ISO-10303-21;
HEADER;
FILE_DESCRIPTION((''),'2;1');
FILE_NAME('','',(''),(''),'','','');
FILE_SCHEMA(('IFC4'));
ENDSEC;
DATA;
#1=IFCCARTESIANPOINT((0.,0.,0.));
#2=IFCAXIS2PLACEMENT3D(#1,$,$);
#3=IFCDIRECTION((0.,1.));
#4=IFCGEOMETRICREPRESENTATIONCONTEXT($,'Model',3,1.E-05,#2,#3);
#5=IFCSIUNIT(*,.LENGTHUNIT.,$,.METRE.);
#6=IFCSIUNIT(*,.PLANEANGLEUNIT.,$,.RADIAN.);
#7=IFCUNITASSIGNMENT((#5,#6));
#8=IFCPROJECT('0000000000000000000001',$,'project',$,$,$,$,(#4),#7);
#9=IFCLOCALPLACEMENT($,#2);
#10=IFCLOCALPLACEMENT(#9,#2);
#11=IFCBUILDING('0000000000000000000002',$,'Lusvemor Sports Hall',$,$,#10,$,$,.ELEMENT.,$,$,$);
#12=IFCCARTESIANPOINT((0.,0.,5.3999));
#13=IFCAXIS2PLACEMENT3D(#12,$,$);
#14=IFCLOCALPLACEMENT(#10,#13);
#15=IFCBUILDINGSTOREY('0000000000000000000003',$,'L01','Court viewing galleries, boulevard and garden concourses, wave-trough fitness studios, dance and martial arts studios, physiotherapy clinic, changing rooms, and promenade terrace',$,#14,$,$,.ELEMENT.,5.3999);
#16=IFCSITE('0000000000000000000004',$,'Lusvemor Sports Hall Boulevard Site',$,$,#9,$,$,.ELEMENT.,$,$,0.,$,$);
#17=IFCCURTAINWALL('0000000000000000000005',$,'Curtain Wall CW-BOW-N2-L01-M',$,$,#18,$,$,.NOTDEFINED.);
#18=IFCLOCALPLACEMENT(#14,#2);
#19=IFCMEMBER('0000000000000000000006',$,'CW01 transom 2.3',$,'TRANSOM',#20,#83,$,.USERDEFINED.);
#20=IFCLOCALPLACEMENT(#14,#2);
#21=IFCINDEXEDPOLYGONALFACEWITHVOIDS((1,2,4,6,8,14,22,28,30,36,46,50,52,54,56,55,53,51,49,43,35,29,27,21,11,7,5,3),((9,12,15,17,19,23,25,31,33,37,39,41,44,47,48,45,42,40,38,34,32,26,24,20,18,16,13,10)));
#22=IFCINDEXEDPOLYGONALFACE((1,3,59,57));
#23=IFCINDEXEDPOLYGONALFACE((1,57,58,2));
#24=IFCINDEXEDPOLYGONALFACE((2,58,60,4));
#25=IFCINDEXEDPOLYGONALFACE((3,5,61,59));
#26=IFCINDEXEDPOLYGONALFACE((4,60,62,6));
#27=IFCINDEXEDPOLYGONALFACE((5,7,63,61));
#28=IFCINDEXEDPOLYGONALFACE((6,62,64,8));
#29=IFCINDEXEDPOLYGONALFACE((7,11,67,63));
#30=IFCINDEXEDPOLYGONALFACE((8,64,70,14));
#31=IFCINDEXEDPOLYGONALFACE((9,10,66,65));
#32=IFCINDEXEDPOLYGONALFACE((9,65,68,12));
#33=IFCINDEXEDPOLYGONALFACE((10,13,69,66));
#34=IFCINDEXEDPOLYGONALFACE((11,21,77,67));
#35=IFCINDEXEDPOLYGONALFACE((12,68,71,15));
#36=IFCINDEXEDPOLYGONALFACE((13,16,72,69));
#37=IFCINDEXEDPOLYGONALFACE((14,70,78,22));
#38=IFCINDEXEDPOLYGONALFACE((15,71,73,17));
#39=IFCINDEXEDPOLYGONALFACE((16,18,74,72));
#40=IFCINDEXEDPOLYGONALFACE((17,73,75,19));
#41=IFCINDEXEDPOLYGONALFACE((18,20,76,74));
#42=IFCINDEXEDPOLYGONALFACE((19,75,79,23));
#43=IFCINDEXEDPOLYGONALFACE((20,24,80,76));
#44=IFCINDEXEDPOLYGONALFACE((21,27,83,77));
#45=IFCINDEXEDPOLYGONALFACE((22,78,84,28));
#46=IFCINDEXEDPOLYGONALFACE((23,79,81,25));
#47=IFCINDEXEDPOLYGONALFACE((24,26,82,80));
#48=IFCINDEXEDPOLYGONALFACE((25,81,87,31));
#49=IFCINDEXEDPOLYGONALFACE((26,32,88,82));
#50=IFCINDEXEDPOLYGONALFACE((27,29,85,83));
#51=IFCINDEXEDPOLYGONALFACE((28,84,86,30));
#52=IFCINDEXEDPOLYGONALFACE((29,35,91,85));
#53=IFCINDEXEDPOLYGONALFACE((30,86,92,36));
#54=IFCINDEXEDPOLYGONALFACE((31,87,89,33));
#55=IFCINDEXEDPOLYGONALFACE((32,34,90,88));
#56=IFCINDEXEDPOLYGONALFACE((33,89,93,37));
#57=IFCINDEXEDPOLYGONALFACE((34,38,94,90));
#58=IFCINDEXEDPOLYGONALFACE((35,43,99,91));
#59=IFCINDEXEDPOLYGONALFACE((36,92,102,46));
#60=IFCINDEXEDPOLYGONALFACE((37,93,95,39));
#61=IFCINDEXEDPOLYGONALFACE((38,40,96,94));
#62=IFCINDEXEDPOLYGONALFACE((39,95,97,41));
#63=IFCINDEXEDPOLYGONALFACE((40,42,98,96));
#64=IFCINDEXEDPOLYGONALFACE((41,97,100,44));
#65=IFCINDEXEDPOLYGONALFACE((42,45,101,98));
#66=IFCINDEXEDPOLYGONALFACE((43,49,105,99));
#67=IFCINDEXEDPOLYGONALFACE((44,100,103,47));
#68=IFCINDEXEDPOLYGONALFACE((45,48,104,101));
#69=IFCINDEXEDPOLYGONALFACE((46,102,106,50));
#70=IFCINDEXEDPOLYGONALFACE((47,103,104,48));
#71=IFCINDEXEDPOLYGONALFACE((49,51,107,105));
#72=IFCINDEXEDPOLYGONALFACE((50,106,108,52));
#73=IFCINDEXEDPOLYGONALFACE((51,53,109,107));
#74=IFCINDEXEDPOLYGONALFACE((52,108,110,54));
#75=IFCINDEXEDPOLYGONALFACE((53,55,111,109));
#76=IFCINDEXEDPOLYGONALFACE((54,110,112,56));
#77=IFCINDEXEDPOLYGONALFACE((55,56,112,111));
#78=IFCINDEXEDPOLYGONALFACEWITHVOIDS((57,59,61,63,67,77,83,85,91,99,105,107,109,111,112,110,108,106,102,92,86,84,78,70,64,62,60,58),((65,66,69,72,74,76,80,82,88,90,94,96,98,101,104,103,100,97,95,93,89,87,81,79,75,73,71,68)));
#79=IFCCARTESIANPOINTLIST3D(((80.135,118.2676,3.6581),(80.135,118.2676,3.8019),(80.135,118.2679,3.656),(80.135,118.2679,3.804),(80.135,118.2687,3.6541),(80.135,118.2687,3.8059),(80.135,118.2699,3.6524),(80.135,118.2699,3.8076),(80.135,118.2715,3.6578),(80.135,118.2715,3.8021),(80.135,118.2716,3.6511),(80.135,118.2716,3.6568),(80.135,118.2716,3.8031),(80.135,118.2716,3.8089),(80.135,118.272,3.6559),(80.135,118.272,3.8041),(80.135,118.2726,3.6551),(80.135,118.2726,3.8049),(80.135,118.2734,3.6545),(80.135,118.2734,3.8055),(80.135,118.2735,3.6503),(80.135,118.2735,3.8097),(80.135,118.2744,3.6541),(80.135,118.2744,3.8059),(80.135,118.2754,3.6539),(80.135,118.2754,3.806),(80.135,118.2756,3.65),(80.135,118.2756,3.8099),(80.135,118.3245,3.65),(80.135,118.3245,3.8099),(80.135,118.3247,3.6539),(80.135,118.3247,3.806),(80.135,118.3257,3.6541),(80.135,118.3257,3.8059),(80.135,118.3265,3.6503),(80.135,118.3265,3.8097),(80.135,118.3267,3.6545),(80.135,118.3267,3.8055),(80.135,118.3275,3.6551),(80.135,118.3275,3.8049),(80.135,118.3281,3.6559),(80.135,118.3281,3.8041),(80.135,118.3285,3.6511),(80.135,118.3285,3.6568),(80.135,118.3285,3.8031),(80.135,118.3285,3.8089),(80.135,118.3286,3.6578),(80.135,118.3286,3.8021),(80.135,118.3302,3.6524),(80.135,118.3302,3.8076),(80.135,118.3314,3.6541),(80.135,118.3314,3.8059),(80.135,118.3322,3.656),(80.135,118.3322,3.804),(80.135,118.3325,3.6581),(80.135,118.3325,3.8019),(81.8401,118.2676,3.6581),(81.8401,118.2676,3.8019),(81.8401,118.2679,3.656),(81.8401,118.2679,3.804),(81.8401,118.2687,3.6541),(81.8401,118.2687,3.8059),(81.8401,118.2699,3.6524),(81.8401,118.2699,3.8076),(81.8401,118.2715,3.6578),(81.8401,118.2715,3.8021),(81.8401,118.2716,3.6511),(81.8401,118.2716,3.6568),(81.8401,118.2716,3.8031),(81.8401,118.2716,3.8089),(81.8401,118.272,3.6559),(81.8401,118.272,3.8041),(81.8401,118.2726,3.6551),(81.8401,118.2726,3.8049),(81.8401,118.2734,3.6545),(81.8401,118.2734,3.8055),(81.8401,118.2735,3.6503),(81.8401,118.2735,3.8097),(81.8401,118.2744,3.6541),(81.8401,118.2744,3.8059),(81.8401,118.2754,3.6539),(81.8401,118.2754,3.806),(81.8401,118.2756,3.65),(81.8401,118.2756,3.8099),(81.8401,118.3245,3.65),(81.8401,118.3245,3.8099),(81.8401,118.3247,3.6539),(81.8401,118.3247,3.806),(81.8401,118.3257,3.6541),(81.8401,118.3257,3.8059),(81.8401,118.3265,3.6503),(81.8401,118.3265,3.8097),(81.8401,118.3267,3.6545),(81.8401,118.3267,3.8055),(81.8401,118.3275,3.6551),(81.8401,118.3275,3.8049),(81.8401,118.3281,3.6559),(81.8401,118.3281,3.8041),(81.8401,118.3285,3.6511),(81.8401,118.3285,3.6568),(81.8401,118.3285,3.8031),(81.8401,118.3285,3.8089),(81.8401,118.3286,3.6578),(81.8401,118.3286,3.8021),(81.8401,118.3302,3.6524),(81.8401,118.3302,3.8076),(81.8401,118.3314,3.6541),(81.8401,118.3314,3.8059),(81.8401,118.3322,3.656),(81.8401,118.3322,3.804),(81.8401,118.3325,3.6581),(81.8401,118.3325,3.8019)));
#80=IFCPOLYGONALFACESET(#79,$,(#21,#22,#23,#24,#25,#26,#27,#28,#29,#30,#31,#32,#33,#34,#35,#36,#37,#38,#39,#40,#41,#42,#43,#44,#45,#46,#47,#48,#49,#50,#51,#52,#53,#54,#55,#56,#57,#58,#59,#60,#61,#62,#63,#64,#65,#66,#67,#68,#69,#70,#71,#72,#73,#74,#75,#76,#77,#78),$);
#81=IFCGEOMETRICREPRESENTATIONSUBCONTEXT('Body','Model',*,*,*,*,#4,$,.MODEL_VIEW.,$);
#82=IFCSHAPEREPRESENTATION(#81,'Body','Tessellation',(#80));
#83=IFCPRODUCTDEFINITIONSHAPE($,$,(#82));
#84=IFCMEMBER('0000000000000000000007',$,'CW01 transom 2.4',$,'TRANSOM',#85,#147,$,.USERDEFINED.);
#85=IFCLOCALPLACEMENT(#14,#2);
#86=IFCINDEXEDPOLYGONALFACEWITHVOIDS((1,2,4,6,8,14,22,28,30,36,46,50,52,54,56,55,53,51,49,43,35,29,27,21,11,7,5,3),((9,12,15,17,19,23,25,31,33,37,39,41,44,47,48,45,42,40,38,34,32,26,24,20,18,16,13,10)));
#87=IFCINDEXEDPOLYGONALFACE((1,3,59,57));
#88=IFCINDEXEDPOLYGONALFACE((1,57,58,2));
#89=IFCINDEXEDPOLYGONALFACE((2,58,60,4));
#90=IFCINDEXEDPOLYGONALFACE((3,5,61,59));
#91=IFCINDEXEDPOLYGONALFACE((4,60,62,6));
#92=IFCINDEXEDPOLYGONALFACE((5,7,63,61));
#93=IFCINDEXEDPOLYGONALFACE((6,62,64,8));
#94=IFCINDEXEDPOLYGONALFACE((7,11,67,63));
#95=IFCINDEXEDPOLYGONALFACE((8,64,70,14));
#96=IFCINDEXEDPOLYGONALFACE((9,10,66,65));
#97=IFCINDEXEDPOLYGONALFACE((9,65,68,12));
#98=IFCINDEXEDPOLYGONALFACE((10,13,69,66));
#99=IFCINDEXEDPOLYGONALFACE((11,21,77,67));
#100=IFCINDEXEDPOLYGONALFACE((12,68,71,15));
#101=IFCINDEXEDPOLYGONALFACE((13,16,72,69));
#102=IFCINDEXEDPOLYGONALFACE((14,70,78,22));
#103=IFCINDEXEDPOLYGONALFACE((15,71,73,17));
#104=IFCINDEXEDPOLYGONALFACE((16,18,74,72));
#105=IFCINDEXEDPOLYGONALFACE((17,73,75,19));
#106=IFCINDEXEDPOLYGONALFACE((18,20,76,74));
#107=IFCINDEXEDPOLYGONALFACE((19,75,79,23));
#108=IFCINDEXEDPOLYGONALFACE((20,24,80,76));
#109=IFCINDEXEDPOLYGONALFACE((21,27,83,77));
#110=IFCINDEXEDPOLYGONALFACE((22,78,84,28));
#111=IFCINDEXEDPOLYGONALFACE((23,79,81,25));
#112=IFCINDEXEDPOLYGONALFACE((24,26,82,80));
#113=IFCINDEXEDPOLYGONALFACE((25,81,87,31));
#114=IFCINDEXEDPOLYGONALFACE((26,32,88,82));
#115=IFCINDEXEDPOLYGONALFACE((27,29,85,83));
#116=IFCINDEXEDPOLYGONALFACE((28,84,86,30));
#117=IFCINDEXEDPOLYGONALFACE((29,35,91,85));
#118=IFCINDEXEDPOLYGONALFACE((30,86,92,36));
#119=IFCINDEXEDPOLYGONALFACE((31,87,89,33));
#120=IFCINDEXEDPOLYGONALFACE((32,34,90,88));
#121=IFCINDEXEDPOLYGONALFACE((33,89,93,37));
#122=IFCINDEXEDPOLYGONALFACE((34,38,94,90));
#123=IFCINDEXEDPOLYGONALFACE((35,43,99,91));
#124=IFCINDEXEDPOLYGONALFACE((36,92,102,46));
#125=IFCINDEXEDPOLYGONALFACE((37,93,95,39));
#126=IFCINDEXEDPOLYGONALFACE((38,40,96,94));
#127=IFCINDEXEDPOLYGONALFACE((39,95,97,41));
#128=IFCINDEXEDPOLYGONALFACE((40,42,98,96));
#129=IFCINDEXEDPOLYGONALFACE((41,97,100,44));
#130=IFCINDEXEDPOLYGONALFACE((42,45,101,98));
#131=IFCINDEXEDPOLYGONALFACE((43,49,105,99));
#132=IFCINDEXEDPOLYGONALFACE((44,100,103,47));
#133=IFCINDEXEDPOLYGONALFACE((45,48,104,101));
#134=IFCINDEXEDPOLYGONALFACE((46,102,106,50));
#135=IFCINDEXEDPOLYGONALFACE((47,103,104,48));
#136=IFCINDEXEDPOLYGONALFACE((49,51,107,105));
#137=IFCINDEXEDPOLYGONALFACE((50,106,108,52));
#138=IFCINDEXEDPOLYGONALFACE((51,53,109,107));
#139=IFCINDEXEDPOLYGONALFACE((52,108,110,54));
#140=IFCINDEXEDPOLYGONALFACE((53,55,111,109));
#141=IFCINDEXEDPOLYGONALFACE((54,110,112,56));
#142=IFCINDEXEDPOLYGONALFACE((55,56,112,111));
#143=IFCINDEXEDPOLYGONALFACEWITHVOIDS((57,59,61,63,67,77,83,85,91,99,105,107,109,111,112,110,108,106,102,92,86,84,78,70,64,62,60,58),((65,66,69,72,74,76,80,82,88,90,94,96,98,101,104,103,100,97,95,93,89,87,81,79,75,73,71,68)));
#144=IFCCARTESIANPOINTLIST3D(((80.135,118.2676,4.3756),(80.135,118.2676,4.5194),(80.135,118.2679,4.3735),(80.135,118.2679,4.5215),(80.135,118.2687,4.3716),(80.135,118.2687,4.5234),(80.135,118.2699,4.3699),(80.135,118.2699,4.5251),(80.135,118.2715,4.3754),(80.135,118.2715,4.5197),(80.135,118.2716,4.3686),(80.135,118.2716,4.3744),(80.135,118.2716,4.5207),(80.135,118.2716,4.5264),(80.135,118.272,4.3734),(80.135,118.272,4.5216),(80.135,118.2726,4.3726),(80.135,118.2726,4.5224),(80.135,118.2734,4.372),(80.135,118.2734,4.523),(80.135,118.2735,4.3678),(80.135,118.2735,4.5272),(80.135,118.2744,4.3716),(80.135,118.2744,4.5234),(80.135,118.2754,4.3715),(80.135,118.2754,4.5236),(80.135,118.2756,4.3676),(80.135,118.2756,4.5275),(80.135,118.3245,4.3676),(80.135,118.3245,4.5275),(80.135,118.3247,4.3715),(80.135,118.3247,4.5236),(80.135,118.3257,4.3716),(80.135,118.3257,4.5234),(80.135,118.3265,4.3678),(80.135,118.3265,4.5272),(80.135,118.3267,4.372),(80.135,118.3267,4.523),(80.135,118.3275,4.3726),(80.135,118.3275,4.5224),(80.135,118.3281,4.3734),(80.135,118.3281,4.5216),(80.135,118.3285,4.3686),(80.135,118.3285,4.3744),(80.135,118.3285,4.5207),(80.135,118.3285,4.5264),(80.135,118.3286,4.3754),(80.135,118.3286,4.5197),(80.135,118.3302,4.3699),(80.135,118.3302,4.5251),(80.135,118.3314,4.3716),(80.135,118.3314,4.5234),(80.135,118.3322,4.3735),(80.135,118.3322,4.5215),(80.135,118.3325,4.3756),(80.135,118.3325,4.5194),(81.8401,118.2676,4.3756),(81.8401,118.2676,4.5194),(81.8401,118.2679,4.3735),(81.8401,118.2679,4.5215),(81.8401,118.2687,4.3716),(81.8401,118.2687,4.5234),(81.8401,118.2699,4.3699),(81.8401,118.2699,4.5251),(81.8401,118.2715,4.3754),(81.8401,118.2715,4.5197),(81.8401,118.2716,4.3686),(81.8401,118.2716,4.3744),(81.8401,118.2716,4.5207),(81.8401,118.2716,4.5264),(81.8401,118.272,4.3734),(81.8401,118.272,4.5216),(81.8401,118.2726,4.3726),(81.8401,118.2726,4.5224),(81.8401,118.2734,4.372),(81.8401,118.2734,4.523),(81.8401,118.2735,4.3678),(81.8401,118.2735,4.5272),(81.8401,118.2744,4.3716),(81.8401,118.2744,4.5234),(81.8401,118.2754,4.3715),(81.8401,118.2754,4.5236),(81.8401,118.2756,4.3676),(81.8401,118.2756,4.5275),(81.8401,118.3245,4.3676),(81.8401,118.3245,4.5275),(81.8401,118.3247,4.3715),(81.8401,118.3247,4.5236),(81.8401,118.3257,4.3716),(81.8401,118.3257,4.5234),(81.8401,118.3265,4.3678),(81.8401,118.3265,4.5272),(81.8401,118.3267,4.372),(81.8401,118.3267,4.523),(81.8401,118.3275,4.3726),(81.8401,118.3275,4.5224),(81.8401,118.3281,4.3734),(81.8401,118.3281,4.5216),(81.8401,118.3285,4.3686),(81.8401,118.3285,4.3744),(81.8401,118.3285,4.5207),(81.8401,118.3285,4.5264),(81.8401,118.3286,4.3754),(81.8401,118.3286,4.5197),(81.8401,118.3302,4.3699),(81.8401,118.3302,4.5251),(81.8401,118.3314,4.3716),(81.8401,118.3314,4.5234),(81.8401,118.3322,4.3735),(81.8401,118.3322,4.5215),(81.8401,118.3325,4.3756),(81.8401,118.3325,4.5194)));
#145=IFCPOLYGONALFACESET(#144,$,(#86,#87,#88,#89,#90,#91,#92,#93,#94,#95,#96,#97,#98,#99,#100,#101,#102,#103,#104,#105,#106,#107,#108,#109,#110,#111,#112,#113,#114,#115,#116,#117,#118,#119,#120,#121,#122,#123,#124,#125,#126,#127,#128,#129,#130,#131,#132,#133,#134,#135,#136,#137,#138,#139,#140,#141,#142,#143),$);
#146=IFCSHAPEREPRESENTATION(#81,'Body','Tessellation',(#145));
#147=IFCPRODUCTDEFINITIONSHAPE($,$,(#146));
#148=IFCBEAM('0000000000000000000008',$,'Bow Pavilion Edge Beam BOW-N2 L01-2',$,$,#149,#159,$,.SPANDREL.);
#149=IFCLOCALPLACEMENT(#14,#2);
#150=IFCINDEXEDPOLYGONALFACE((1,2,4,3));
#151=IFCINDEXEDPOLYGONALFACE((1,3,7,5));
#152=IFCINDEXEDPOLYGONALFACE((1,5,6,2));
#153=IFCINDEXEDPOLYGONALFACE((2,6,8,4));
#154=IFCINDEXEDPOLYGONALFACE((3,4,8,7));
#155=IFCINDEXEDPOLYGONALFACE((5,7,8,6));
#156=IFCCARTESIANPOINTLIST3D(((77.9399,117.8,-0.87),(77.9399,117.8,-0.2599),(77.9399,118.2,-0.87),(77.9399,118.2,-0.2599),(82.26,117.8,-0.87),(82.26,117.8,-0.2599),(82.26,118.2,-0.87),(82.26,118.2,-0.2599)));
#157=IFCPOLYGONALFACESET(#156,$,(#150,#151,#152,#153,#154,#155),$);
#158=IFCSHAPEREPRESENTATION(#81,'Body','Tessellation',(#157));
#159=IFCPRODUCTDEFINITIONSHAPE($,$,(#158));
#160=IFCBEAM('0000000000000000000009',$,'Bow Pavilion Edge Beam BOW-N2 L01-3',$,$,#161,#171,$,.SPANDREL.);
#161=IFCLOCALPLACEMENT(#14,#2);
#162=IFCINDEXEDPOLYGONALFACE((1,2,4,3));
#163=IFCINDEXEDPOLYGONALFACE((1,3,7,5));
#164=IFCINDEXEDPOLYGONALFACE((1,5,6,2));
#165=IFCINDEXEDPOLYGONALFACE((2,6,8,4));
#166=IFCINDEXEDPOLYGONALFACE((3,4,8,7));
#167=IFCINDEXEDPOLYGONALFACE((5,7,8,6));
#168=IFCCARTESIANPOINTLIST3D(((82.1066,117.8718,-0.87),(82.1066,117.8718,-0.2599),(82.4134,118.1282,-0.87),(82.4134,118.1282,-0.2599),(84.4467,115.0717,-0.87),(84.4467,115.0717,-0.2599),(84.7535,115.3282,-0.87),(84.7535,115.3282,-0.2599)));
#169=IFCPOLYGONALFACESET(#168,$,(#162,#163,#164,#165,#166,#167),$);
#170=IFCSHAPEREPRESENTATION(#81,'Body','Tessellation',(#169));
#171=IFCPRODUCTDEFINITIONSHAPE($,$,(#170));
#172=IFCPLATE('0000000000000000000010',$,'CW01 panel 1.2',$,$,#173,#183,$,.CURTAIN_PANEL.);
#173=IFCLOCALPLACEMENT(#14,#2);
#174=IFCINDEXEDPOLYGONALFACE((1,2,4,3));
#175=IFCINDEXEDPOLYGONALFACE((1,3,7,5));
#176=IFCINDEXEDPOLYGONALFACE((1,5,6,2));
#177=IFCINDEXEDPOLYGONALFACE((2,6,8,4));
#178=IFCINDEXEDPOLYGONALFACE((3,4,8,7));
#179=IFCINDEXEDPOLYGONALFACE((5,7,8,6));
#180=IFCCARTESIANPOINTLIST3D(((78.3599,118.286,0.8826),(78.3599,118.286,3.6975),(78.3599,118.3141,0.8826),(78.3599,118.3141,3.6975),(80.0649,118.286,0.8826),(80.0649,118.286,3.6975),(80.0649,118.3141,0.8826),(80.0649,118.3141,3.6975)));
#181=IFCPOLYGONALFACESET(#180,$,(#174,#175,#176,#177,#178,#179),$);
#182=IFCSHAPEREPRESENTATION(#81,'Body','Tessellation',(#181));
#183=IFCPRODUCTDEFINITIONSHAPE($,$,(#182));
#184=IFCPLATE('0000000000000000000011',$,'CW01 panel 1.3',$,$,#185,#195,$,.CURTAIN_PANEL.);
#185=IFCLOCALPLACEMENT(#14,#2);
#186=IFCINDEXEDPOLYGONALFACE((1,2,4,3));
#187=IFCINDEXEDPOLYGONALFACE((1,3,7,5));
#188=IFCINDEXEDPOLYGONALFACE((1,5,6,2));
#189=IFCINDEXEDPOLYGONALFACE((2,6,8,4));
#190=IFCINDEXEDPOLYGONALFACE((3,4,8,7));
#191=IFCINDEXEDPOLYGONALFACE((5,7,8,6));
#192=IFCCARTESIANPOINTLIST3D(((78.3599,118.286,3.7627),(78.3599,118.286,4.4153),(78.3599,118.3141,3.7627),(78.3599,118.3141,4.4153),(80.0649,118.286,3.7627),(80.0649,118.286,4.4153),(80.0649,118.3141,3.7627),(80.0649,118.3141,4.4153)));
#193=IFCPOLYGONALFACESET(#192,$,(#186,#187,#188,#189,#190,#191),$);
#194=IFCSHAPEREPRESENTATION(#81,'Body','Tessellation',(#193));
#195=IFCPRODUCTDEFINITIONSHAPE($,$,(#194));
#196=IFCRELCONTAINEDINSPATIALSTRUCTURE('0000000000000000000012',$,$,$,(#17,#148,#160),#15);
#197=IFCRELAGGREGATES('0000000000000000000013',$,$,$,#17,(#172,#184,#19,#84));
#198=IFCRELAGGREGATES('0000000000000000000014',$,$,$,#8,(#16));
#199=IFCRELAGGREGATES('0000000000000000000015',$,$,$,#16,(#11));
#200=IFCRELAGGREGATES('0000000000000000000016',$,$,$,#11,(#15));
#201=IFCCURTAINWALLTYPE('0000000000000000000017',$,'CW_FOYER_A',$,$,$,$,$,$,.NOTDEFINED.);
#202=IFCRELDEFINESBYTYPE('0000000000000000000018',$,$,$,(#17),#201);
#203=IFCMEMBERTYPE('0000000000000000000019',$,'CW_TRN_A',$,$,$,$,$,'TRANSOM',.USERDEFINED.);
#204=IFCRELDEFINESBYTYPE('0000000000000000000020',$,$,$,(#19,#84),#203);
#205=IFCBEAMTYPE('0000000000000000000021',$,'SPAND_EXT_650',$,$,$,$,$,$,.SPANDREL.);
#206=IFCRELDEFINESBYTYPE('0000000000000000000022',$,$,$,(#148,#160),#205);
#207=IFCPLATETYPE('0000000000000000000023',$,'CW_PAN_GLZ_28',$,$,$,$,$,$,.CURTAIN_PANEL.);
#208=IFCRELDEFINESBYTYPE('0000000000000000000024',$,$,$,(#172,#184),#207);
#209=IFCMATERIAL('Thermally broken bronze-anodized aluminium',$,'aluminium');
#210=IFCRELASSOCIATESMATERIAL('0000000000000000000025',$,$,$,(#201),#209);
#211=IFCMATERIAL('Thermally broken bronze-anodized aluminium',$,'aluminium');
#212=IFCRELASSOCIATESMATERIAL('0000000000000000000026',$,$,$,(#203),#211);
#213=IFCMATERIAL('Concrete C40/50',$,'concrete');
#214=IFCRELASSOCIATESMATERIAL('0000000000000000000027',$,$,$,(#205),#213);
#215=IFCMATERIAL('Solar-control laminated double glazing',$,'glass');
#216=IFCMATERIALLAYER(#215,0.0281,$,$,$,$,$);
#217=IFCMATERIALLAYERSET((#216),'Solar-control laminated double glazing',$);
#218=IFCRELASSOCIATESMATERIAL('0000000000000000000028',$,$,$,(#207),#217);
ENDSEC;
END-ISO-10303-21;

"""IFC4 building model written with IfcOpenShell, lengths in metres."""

from ifc_helpers import new_model, si_unit, direction, frame, origin, origin_2d, place, context, subcontext, project, spatial, rectangle, hollow_rectangle, extrude, material, layer, layer_set, material_profile, profile_set, type_object, element, aggregate, save


model = new_model("IFC4")

# Units and contexts
model_context = context("Model", 3, precision=1e-05, world=origin(), true_north=direction((0.0, 1.0)))
body_context = subcontext(model_context, "Body", "Model", "MODEL_VIEW")
ifc_project = project(units=[si_unit("LENGTHUNIT", "METRE"), si_unit("PLANEANGLEUNIT", "RADIAN")], contexts=[model_context])

# Site, building, storey
site_placement = place(None, origin())
site = spatial("IfcSite", under=ifc_project, at=site_placement, Name="Lusvemor Sports Hall Boulevard Site", CompositionType="ELEMENT", RefElevation=0.0)
building_placement = place(site_placement, origin())
building = spatial("IfcBuilding", under=site, at=building_placement, Name="Lusvemor Sports Hall", CompositionType="ELEMENT")
storey_placement = place(building_placement, frame((0.0, 0.0, 5.3999)))
storey = spatial("IfcBuildingStorey", under=building, at=storey_placement, Name="L01", Description="Court viewing galleries, boulevard and garden concourses, wave-trough fitness studios, dance and martial arts studios, physiotherapy clinic, changing rooms, and promenade terrace", CompositionType="ELEMENT", Elevation=5.3999)

# Curtain wall, members
ifc_material_1 = material(Name="Thermally broken bronze-anodized aluminium", Category="aluminium")
curtain_wall_type = type_object("IfcCurtainWallType", Name="CW_FOYER_A", PredefinedType="NOTDEFINED", material=ifc_material_1)
curtain_wall_placement = place(storey_placement, origin())
curtain_wall = element("IfcCurtainWall", 1, at=curtain_wall_placement, inside=storey, type_object=curtain_wall_type, Name="Curtain Wall CW-BOW-N2-L01-M", PredefinedType="NOTDEFINED")
ifc_material_2 = material(Name="Thermally broken bronze-anodized aluminium", Category="aluminium")
ifc_material_profile_1 = material_profile(ifc_material_2, hollow_rectangle(XDim=0.0649, YDim=0.1599, WallThickness=0.0039, InnerFilletRadius=0.0039, OuterFilletRadius=0.0081, at=origin_2d()), Name="CWTRN160x65x4")
ifc_profile_set_1 = profile_set([ifc_material_profile_1], Name="Thermally broken bronze-anodized aluminium")
member_type_1 = type_object("IfcMemberType", Name="CW_TRN_A", ElementType="TRANSOM", PredefinedType="USERDEFINED", material=ifc_profile_set_1)
member_1_placement = place(storey_placement, frame((80.135, 118.3, 3.73), z_axis=(1.0, 0.0, 0.0), x_axis=(0.0, 1.0, 0.0)))
member_1 = element("IfcMember", 2, at=member_1_placement, type_object=member_type_1, Name="CW01 transom 2.3", ObjectType="TRANSOM", PredefinedType="USERDEFINED", context=body_context, shape_type="SweptSolid", body=[
    extrude(hollow_rectangle(XDim=0.0649, YDim=0.1599, WallThickness=0.0039, InnerFilletRadius=0.0039, OuterFilletRadius=0.0081, at=origin_2d()), origin(), (0.0, 0.0, 1.0), 1.7051),
])
member_2_placement = place(storey_placement, frame((80.135, 118.3, 4.4475), z_axis=(1.0, 0.0, 0.0), x_axis=(0.0, 1.0, 0.0)))
member_2 = element("IfcMember", 3, at=member_2_placement, type_object=member_type_1, Name="CW01 transom 2.4", ObjectType="TRANSOM", PredefinedType="USERDEFINED", context=body_context, shape_type="SweptSolid", body=[
    extrude(hollow_rectangle(XDim=0.0649, YDim=0.1599, WallThickness=0.0039, InnerFilletRadius=0.0039, OuterFilletRadius=0.0081, at=origin_2d()), origin(), (0.0, 0.0, 1.0), 1.7051),
])

# Beams
ifc_material_3 = material(Name="Concrete C40/50", Category="concrete")
ifc_material_profile_2 = material_profile(ifc_material_3, rectangle(XDim=0.3999, YDim=0.6101, at=origin_2d()), Name="RC400x610")
ifc_profile_set_2 = profile_set([ifc_material_profile_2], Name="Concrete C40/50")
beam_type = type_object("IfcBeamType", Name="SPAND_EXT_650", PredefinedType="SPANDREL", material=ifc_profile_set_2)
beam_1_placement = place(storey_placement, frame((77.9399, 118.0, -0.5649), z_axis=(1.0, 0.0, 0.0), x_axis=(0.0, 1.0, 0.0)))
element("IfcBeam", 4, at=beam_1_placement, inside=storey, type_object=beam_type, Name="Bow Pavilion Edge Beam BOW-N2 L01-2", PredefinedType="SPANDREL", context=body_context, shape_type="SweptSolid", body=[
    extrude(rectangle(XDim=0.3999, YDim=0.6101, at=origin_2d()), origin(), (0.0, 0.0, 1.0), 4.3201),
])
beam_2_placement = place(storey_placement, frame((82.26, 118.0, -0.5649), z_axis=(0.64127, -0.767316, 0.0), x_axis=(0.767316, 0.64127, 0.0)))
element("IfcBeam", 5, at=beam_2_placement, inside=storey, type_object=beam_type, Name="Bow Pavilion Edge Beam BOW-N2 L01-3", PredefinedType="SPANDREL", context=body_context, shape_type="SweptSolid", body=[
    extrude(rectangle(XDim=0.3999, YDim=0.6101, at=origin_2d()), origin(), (0.0, 0.0, 1.0), 3.6492),
])

# Plates
ifc_material_4 = material(Name="Solar-control laminated double glazing", Category="glass")
ifc_layer_1 = layer(ifc_material_4, 0.0281)
ifc_layer_set_1 = layer_set([ifc_layer_1], Name="Solar-control laminated double glazing")
plate_type_1 = type_object("IfcPlateType", Name="CW_PAN_GLZ_28", PredefinedType="CURTAIN_PANEL", material=ifc_layer_set_1)
plate_1_placement = place(storey_placement, frame((79.2124, 118.3, 0.8826), z_axis=(0.0, 0.0, 1.0), x_axis=(1.0, 0.0, 0.0)))
plate_1 = element("IfcPlate", 6, at=plate_1_placement, type_object=plate_type_1, Name="CW01 panel 1.2", PredefinedType="CURTAIN_PANEL", context=body_context, shape_type="SweptSolid", body=[
    extrude(rectangle(XDim=1.7051, YDim=0.0281, at=origin_2d()), origin(), (0.0, 0.0, 1.0), 2.8149),
])
plate_2_placement = place(storey_placement, frame((79.2124, 118.3, 3.7627), z_axis=(0.0, 0.0, 1.0), x_axis=(1.0, 0.0, 0.0)))
plate_2 = element("IfcPlate", 7, at=plate_2_placement, type_object=plate_type_1, Name="CW01 panel 1.3", PredefinedType="CURTAIN_PANEL", context=body_context, shape_type="SweptSolid", body=[
    extrude(rectangle(XDim=1.7051, YDim=0.0281, at=origin_2d()), origin(), (0.0, 0.0, 1.0), 0.6526),
])
aggregate(curtain_wall, [plate_1, plate_2, member_1, member_2])

save(model, "model.ifc")
